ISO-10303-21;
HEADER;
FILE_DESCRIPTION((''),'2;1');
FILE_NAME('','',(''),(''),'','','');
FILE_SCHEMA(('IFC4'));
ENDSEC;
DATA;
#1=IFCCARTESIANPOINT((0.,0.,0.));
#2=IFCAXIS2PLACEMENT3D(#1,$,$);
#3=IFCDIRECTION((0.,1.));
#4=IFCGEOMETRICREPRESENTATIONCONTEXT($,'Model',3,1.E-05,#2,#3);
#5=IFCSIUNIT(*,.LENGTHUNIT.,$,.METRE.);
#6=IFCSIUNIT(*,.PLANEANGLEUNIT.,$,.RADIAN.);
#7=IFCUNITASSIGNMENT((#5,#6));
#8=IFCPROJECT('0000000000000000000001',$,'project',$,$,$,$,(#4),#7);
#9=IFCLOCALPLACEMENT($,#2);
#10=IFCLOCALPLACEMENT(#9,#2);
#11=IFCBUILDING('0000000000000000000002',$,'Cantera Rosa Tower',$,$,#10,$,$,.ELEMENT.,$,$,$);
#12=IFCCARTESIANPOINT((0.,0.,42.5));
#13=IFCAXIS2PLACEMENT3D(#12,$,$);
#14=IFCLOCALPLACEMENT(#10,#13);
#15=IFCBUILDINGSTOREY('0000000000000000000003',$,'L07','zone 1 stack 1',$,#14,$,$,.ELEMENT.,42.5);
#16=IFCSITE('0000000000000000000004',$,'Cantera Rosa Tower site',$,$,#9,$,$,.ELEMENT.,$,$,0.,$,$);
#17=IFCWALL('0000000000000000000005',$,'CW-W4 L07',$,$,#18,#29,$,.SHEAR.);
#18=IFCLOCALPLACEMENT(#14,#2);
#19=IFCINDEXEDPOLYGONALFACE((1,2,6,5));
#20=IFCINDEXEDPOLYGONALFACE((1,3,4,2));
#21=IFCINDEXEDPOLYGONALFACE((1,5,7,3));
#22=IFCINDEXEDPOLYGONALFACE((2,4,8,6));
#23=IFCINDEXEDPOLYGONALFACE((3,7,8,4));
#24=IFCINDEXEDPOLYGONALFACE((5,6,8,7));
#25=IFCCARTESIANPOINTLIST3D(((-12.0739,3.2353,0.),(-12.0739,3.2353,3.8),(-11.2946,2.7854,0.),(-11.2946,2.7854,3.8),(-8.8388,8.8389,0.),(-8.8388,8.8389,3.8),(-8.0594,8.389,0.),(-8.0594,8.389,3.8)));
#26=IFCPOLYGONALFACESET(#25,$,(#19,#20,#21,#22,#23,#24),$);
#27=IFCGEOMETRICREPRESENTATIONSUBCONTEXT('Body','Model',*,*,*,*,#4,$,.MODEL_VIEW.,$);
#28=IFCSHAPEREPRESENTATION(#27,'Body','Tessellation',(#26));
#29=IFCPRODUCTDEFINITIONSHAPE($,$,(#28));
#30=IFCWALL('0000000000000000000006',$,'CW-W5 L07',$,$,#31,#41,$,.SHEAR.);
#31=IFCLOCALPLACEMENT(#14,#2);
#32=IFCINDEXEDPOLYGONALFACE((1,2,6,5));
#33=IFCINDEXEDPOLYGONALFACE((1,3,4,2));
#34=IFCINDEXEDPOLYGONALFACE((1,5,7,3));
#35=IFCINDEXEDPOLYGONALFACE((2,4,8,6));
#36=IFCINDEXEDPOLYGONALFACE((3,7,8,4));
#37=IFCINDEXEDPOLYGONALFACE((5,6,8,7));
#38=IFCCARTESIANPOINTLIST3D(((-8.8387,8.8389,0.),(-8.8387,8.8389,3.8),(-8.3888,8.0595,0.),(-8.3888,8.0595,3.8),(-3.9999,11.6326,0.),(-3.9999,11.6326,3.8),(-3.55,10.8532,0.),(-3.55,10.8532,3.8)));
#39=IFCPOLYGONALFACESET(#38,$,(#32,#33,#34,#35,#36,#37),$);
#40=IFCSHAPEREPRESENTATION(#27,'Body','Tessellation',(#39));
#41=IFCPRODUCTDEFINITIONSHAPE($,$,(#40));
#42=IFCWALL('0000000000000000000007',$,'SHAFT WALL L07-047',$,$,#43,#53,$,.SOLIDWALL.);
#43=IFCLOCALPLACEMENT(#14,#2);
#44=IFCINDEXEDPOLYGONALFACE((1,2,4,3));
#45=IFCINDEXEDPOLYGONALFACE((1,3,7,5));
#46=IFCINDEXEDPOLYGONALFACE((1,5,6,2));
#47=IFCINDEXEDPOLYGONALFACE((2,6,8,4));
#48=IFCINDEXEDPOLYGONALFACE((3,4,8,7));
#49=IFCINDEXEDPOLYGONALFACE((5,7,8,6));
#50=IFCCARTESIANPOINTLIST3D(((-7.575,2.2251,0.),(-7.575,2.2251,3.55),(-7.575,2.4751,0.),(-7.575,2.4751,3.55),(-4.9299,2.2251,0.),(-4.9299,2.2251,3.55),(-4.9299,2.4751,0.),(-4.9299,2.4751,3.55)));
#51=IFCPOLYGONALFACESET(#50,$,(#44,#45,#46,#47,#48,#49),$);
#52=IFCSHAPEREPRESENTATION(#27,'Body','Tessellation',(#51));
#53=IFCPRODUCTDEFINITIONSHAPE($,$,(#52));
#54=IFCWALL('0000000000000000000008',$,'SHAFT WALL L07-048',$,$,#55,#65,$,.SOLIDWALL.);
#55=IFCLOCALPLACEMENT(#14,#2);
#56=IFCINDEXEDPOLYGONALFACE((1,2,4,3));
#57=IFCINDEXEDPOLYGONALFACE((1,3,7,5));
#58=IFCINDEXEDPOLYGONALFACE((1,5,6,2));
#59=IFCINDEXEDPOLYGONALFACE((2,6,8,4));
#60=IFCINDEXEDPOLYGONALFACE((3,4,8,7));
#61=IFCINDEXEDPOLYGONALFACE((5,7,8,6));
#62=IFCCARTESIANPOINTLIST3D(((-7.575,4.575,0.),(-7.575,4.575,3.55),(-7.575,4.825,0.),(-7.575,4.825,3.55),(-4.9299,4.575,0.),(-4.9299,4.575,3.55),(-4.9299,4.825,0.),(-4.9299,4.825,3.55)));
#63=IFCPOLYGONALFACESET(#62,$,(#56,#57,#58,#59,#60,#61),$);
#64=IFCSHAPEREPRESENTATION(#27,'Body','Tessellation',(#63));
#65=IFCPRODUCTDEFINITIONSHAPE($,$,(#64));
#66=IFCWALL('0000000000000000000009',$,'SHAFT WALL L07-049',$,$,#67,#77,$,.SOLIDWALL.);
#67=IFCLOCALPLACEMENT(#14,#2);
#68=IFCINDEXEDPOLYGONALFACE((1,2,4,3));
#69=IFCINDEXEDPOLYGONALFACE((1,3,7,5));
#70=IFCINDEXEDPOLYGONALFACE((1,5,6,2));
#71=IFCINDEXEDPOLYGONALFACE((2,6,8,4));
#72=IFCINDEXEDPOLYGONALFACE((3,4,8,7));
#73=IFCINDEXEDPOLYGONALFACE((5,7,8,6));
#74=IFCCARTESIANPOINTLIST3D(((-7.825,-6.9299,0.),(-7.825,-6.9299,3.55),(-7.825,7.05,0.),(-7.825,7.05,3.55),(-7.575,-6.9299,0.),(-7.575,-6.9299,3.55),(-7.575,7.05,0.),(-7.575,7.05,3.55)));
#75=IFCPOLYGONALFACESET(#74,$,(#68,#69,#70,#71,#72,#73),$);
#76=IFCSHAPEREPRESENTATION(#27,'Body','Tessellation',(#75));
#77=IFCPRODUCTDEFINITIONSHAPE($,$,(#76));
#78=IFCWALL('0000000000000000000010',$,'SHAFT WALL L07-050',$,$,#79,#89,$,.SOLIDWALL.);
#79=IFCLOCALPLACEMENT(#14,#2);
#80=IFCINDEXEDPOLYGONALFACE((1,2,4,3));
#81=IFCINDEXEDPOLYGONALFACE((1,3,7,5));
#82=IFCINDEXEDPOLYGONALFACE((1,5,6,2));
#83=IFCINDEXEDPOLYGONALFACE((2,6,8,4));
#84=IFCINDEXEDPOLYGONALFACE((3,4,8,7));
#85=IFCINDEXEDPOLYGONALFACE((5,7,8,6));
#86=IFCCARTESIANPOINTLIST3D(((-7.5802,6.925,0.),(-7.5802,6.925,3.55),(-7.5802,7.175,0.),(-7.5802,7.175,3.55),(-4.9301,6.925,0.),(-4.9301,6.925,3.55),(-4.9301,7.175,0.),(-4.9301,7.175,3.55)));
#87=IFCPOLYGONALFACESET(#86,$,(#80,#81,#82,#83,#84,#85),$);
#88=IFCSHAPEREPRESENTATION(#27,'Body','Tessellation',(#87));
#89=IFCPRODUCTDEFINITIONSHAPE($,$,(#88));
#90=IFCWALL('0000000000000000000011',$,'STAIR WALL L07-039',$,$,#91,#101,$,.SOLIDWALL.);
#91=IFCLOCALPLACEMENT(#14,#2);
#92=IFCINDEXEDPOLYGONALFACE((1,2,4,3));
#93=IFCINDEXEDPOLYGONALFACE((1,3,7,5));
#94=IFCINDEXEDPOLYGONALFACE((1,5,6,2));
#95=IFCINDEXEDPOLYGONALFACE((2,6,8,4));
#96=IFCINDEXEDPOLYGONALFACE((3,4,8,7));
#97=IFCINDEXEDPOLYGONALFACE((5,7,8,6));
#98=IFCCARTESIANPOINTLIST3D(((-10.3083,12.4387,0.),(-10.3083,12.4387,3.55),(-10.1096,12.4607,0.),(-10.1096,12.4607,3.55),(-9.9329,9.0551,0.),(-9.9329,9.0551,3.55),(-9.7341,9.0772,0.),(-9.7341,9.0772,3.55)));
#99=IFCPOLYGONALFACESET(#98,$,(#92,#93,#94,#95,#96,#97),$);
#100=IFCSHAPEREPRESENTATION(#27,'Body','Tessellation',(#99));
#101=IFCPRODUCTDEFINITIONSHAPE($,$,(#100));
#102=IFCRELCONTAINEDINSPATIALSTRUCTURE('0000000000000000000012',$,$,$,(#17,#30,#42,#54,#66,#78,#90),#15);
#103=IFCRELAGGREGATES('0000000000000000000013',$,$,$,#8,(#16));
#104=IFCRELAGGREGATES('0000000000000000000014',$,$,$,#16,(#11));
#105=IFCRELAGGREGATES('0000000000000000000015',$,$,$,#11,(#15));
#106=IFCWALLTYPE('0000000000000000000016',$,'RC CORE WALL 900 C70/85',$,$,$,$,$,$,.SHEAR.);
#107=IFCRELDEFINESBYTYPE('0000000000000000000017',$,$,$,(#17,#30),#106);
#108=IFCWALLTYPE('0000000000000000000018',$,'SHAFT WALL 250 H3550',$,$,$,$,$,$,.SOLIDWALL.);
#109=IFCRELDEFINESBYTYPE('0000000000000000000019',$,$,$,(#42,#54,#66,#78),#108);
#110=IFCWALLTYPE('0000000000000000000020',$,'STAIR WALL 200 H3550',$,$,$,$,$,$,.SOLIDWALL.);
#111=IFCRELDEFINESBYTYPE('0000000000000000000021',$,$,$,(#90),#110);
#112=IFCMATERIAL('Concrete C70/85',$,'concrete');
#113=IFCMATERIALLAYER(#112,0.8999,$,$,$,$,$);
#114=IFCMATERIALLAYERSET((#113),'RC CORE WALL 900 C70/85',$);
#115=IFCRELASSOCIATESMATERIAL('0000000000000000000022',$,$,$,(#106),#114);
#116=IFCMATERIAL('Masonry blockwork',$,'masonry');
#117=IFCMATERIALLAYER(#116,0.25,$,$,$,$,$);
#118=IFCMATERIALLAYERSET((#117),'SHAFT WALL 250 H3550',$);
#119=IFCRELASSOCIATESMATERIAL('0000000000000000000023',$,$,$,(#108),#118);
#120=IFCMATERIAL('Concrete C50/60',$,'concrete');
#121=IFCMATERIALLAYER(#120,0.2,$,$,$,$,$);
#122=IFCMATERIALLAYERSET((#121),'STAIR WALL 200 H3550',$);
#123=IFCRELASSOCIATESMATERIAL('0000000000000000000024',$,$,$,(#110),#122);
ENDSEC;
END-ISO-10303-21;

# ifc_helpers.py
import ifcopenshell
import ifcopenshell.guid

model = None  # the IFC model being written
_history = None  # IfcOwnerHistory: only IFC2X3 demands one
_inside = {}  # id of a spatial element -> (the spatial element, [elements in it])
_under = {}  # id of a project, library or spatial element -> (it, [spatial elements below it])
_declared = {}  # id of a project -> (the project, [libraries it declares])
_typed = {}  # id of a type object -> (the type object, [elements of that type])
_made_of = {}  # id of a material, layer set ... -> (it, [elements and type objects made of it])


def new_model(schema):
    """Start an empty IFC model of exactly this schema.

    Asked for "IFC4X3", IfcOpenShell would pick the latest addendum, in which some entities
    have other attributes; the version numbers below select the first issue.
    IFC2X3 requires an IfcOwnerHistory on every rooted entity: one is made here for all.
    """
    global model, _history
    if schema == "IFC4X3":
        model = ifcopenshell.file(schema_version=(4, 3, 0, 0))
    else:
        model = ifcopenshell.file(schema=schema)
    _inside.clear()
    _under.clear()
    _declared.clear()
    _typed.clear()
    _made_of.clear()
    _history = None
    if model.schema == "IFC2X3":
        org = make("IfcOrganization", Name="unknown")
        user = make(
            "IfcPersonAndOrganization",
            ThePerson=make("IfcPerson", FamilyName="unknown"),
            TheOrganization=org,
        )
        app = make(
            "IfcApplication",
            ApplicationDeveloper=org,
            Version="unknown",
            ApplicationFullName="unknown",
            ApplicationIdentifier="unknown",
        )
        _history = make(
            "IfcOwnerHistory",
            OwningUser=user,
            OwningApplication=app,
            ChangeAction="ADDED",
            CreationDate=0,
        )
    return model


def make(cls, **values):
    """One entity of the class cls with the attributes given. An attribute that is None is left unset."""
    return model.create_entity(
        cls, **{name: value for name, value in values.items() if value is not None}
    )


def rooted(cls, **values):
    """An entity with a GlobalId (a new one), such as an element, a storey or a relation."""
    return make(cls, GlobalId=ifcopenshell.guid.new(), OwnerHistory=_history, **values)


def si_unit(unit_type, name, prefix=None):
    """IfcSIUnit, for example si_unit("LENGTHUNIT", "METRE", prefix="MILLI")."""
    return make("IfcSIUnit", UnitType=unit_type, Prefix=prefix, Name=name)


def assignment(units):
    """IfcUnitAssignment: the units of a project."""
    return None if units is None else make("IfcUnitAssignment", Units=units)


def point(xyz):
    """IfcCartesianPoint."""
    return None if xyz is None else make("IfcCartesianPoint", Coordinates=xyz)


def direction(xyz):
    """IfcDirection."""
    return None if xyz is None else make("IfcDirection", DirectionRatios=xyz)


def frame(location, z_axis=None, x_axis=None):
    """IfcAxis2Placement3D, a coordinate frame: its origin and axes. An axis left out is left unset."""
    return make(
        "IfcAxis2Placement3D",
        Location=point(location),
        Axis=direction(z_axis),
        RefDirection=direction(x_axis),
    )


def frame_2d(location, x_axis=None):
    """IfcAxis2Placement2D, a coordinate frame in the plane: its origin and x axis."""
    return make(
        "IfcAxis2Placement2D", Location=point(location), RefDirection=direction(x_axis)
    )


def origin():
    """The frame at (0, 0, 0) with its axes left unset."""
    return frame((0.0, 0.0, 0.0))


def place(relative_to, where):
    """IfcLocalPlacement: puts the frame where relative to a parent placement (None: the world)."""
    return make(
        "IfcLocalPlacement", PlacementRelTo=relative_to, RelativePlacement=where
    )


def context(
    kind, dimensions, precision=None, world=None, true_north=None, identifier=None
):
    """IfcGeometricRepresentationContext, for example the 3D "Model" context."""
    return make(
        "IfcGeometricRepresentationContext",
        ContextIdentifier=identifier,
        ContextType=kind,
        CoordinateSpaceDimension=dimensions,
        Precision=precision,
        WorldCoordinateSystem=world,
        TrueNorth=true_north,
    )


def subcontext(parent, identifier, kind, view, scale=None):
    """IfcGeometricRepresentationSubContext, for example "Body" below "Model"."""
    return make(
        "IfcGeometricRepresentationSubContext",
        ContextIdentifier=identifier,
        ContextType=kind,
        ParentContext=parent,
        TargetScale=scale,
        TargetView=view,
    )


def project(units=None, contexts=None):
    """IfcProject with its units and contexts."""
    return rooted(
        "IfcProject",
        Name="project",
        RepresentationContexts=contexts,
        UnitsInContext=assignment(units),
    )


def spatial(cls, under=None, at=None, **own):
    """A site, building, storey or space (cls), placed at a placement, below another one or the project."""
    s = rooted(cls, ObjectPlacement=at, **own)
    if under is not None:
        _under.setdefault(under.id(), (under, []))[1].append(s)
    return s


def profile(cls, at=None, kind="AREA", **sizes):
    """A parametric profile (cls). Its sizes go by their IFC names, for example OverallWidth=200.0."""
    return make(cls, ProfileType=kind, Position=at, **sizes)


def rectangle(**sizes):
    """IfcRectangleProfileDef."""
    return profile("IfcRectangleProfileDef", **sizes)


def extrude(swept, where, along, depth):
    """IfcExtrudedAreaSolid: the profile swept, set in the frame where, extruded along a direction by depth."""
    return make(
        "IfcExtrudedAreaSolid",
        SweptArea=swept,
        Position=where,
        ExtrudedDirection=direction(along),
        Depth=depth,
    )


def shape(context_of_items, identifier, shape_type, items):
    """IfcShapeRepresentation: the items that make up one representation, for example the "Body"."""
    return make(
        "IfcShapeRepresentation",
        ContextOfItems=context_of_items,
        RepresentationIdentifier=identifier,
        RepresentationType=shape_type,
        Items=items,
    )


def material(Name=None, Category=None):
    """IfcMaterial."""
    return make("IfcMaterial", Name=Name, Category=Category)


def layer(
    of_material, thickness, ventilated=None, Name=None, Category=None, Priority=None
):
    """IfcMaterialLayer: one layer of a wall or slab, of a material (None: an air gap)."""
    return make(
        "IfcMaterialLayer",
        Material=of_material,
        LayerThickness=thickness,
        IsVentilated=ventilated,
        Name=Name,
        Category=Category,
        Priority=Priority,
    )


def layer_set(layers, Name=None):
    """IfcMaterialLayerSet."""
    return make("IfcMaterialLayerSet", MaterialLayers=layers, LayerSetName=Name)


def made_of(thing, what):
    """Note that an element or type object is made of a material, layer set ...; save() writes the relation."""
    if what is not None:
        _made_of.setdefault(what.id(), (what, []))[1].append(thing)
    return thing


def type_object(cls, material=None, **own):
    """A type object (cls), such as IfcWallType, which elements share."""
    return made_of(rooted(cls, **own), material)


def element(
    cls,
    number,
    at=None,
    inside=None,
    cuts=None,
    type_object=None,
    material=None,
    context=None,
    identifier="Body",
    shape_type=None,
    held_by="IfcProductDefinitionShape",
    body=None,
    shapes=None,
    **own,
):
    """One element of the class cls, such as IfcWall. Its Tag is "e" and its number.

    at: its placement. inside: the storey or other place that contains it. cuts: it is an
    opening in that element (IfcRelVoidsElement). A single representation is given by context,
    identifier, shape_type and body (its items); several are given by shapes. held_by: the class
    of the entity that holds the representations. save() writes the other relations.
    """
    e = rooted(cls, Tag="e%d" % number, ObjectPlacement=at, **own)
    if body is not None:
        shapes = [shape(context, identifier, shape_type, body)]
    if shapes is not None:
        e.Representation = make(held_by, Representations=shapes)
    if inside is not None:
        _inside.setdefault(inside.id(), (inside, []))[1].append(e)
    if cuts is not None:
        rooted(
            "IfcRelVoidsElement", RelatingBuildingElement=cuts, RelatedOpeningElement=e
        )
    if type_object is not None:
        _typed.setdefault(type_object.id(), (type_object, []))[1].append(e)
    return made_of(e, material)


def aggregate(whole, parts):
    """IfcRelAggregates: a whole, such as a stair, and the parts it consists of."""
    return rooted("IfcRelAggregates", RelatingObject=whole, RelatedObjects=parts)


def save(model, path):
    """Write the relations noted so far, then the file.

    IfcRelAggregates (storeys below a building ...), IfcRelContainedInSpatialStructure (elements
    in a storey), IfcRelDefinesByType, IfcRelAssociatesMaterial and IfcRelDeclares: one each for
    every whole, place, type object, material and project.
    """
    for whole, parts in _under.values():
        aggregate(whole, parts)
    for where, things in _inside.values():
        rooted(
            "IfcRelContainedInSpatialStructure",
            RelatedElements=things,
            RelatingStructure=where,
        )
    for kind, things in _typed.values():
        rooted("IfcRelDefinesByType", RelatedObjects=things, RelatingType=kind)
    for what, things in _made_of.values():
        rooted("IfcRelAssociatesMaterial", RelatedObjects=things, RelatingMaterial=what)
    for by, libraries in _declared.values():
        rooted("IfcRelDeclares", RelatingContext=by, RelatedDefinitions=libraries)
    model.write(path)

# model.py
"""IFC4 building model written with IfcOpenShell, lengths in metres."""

from ifc_helpers import new_model, si_unit, direction, frame, frame_2d, origin, place, context, subcontext, project, spatial, rectangle, extrude, material, layer, layer_set, type_object, element, save


model = new_model("IFC4")

# Units and contexts
model_context = context("Model", 3, precision=1e-05, world=origin(), true_north=direction((0.0, 1.0)))
body_context = subcontext(model_context, "Body", "Model", "MODEL_VIEW")
ifc_project = project(units=[si_unit("LENGTHUNIT", "METRE"), si_unit("PLANEANGLEUNIT", "RADIAN")], contexts=[model_context])

# Site, building, storey
site_placement = place(None, origin())
site = spatial("IfcSite", under=ifc_project, at=site_placement, Name="Cantera Rosa Tower site", CompositionType="ELEMENT", RefElevation=0.0)
building_placement = place(site_placement, origin())
building = spatial("IfcBuilding", under=site, at=building_placement, Name="Cantera Rosa Tower", CompositionType="ELEMENT")
storey_placement = place(building_placement, frame((0.0, 0.0, 42.5)))
storey = spatial("IfcBuildingStorey", under=building, at=storey_placement, Name="L07", Description="zone 1 stack 1", CompositionType="ELEMENT", Elevation=42.5)

# Walls
ifc_material_1 = material(Name="Concrete C70/85", Category="concrete")
ifc_layer_1 = layer(ifc_material_1, 0.8999)
ifc_layer_set_1 = layer_set([ifc_layer_1], Name="RC CORE WALL 900 C70/85")
wall_type_1 = type_object("IfcWallType", Name="RC CORE WALL 900 C70/85", PredefinedType="SHEAR", material=ifc_layer_set_1)
wall_1_placement = place(storey_placement, frame((-11.6843, 3.0103, 0.0), z_axis=(0.0, 0.0, 1.0), x_axis=(0.49999, 0.866031, 0.0)))
element("IfcWall", 1, at=wall_1_placement, inside=storey, type_object=wall_type_1, Name="CW-W4 L07", PredefinedType="SHEAR", context=body_context, shape_type="SweptSolid", body=[
    extrude(rectangle(XDim=6.4705, YDim=0.8999, at=frame_2d((3.2354, 0.0))), origin(), (0.0, 0.0, 1.0), 3.8),
])
wall_2_placement = place(storey_placement, frame((-8.6138, 8.4492, 0.0), z_axis=(0.0, 0.0, 1.0), x_axis=(0.866027, 0.499997, 0.0)))
element("IfcWall", 2, at=wall_2_placement, inside=storey, type_object=wall_type_1, Name="CW-W5 L07", PredefinedType="SHEAR", context=body_context, shape_type="SweptSolid", body=[
    extrude(rectangle(XDim=5.5874, YDim=0.8999, at=frame_2d((2.7937, 0.0))), origin(), (0.0, 0.0, 1.0), 3.8),
])
ifc_material_2 = material(Name="Masonry blockwork", Category="masonry")
ifc_layer_2 = layer(ifc_material_2, 0.25)
ifc_layer_set_2 = layer_set([ifc_layer_2], Name="SHAFT WALL 250 H3550")
wall_type_2 = type_object("IfcWallType", Name="SHAFT WALL 250 H3550", PredefinedType="SOLIDWALL", material=ifc_layer_set_2)
for number, where, z_axis, x_axis, name in (
    (3, (-7.575, 2.3501, 0.0), (0.0, 0.0, 1.0), (1.0, 0.0, 0.0), "SHAFT WALL L07-047"),
    (4, (-7.575, 4.7, 0.0), (0.0, 0.0, 1.0), (1.0, 0.0, 0.0), "SHAFT WALL L07-048"),
):
    element("IfcWall", number, at=place(storey_placement, frame(where, z_axis=z_axis, x_axis=x_axis)), inside=storey, type_object=wall_type_2, Name=name, PredefinedType="SOLIDWALL", context=body_context, shape_type="SweptSolid", body=[
        extrude(rectangle(XDim=2.645, YDim=0.25, at=frame_2d((1.3225, 0.0))), origin(), (0.0, 0.0, 1.0), 3.55),
    ])
wall_3_placement = place(storey_placement, frame((-7.7, 7.05, 0.0), z_axis=(0.0, 0.0, 1.0), x_axis=(0.0, -1.0, 0.0)))
element("IfcWall", 5, at=wall_3_placement, inside=storey, type_object=wall_type_2, Name="SHAFT WALL L07-049", PredefinedType="SOLIDWALL", context=body_context, shape_type="SweptSolid", body=[
    extrude(rectangle(XDim=13.98, YDim=0.25, at=frame_2d((6.99, 0.0))), origin(), (0.0, 0.0, 1.0), 3.55),
])
wall_4_placement = place(storey_placement, frame((-4.9299, 7.05, 0.0), z_axis=(0.0, 0.0, 1.0), x_axis=(-1.0, 0.0, 0.0)))
element("IfcWall", 6, at=wall_4_placement, inside=storey, type_object=wall_type_2, Name="SHAFT WALL L07-050", PredefinedType="SOLIDWALL", context=body_context, shape_type="SweptSolid", body=[
    extrude(rectangle(XDim=2.6501, YDim=0.25, at=frame_2d((1.3252, 0.0))), origin(), (0.0, 0.0, 1.0), 3.55),
])
ifc_material_3 = material(Name="Concrete C50/60", Category="concrete")
ifc_layer_3 = layer(ifc_material_3, 0.2)
ifc_layer_set_3 = layer_set([ifc_layer_3], Name="STAIR WALL 200 H3550")
wall_type_3 = type_object("IfcWallType", Name="STAIR WALL 200 H3550", PredefinedType="SOLIDWALL", material=ifc_layer_set_3)
wall_5_placement = place(storey_placement, frame((-9.8335, 9.0662, 0.0), z_axis=(0.0, 0.0, 1.0), x_axis=(-0.110298, 0.993899, 0.0)))
element("IfcWall", 7, at=wall_5_placement, inside=storey, type_object=wall_type_3, Name="STAIR WALL L07-039", PredefinedType="SOLIDWALL", context=body_context, shape_type="SweptSolid", body=[
    extrude(rectangle(XDim=3.4043, YDim=0.2, at=frame_2d((1.7021, 0.0))), origin(), (0.0, 0.0, 1.0), 3.55),
])

save(model, "model.ifc")
